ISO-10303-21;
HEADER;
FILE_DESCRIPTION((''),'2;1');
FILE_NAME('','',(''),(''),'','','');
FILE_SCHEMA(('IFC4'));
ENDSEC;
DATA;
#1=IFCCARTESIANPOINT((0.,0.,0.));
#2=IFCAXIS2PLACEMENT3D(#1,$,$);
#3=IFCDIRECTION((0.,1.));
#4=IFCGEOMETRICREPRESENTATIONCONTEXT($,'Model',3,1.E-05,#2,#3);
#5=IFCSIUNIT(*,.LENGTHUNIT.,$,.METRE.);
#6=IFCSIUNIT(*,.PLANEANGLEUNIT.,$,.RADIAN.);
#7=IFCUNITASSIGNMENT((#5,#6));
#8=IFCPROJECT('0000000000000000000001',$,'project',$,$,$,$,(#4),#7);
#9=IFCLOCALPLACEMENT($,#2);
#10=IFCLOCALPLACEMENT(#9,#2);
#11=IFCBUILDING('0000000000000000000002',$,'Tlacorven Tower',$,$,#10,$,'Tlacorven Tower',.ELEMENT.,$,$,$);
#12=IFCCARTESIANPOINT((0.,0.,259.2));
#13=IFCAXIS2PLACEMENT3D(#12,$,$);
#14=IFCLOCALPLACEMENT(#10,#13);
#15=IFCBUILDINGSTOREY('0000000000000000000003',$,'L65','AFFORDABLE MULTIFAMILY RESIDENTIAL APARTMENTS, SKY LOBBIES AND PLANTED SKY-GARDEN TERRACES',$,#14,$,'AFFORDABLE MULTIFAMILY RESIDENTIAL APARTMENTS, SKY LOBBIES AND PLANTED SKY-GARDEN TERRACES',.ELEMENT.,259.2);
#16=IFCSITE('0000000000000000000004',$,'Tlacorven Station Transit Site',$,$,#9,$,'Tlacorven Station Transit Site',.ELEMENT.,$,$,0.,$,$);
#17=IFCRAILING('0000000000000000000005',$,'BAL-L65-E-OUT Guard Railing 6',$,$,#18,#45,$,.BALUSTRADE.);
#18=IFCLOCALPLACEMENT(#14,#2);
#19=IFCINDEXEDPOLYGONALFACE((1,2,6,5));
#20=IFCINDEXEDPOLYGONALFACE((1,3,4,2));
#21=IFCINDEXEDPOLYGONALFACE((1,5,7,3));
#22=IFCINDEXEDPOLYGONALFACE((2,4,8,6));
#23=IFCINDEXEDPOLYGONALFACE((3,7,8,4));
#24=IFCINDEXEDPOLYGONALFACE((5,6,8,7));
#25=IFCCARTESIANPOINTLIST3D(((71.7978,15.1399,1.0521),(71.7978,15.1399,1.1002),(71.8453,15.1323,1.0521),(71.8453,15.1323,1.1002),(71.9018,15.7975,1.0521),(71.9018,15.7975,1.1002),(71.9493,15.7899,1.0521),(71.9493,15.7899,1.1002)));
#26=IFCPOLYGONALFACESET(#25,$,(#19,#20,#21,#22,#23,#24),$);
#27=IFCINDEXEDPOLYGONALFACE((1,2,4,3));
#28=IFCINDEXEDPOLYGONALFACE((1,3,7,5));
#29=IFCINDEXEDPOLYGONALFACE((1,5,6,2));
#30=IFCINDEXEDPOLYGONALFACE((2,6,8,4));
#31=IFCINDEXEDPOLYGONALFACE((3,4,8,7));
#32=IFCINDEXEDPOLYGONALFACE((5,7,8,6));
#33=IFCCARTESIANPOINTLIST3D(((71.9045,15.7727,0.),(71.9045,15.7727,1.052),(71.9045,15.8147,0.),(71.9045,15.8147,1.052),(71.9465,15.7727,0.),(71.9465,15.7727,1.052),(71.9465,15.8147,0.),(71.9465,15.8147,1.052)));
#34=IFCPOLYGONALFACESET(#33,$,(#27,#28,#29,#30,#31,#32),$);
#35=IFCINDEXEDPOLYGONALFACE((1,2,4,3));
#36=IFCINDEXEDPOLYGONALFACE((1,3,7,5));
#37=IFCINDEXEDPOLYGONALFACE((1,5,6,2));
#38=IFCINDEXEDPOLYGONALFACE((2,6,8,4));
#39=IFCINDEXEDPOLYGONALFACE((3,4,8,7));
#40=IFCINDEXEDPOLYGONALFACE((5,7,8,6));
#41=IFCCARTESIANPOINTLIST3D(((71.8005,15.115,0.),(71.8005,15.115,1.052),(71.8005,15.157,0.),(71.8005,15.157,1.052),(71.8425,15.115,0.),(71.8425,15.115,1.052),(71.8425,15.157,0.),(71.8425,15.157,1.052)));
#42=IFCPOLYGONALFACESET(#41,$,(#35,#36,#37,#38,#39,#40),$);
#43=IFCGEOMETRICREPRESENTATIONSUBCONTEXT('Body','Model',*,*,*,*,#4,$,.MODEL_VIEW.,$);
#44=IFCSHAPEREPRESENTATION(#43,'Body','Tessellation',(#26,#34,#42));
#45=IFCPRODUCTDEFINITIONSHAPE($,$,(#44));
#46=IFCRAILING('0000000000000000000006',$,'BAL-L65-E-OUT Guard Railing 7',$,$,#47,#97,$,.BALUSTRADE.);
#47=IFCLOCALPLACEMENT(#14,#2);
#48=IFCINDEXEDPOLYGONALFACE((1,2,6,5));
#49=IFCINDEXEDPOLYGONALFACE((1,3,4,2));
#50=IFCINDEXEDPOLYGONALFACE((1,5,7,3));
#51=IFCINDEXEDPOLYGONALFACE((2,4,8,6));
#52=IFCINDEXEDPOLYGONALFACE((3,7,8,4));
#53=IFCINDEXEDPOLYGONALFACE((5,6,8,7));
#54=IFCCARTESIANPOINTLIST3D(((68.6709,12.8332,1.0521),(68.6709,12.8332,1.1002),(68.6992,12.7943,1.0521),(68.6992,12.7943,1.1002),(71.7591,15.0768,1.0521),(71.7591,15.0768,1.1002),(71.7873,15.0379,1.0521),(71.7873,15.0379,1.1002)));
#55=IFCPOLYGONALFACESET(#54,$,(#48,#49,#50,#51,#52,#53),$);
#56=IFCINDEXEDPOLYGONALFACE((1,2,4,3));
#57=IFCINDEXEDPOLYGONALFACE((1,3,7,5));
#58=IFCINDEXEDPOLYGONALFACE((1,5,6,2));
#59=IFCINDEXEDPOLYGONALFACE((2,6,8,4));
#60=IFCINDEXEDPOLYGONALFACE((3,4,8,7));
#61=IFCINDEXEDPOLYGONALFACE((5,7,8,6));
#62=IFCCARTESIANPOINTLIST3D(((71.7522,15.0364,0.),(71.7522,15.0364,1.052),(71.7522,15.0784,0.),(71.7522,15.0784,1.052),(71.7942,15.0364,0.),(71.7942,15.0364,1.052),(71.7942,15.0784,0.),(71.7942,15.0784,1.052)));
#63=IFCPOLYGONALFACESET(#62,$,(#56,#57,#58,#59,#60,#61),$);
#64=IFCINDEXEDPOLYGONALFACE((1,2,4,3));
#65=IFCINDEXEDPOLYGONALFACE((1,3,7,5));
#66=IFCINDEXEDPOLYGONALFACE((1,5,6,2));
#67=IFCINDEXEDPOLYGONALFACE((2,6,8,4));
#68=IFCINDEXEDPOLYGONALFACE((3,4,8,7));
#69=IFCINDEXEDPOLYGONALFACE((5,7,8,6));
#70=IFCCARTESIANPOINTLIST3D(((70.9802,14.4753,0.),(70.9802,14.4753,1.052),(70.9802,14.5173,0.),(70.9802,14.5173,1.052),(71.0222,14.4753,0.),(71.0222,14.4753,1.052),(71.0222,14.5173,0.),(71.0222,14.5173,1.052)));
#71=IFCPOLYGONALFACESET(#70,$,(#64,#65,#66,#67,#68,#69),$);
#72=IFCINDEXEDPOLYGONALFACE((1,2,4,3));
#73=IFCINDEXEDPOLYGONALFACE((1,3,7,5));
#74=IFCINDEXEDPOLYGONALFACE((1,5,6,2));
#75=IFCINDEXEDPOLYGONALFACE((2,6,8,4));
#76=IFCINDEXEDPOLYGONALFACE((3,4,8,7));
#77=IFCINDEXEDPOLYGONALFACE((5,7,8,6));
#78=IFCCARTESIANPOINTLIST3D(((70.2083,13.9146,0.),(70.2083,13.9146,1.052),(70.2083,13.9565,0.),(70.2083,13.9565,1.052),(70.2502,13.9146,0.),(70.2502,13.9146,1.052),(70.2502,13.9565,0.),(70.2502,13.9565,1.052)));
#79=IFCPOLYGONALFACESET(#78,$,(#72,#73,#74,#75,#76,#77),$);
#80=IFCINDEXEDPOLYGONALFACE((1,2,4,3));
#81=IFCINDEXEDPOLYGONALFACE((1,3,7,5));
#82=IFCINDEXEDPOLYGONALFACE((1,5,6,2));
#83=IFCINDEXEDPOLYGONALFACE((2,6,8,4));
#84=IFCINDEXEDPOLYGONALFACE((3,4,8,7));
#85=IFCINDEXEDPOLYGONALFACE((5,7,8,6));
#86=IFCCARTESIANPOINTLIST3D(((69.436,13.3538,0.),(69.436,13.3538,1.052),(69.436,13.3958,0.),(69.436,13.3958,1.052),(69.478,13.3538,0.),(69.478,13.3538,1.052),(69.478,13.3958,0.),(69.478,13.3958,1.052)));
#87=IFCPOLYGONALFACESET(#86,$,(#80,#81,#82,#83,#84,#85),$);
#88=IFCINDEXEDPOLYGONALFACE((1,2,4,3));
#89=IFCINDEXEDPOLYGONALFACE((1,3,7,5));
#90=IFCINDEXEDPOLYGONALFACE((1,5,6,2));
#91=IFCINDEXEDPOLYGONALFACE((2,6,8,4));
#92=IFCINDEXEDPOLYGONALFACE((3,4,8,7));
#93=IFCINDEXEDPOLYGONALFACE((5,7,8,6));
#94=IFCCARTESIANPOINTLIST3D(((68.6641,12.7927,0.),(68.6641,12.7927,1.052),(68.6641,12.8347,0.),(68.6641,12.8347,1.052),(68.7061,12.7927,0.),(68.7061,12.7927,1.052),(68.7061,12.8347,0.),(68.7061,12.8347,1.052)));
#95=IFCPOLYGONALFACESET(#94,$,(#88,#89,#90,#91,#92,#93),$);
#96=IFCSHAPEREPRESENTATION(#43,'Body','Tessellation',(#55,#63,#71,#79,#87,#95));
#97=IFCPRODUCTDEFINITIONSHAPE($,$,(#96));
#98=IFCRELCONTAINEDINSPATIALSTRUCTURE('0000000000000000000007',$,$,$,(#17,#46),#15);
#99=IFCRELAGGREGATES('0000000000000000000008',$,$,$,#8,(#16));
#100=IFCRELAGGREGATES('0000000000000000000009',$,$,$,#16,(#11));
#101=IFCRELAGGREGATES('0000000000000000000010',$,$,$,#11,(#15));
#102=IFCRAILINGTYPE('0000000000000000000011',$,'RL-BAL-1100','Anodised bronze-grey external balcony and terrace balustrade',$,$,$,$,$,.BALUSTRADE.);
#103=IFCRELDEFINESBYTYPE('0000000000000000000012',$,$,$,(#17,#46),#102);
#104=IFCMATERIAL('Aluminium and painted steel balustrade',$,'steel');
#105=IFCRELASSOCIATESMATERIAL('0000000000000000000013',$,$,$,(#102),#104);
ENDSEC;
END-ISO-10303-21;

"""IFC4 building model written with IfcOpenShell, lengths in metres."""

from ifc_helpers import new_model, si_unit, direction, frame, origin, origin_2d, place, context, subcontext, project, spatial, rectangle, extrude, source, transform, mapped, material, type_object, element, save


model = new_model("IFC4")

# Units and contexts
model_context = context("Model", 3, precision=1e-05, world=origin(), true_north=direction((0.0, 1.0)))
body_context = subcontext(model_context, "Body", "Model", "MODEL_VIEW")
ifc_project = project(units=[si_unit("LENGTHUNIT", "METRE"), si_unit("PLANEANGLEUNIT", "RADIAN")], contexts=[model_context])

# Site, building, storey
site_placement = place(None, origin())
site = spatial("IfcSite", under=ifc_project, at=site_placement, Name="Tlacorven Station Transit Site", LongName="Tlacorven Station Transit Site", CompositionType="ELEMENT", RefElevation=0.0)
building_placement = place(site_placement, origin())
building = spatial("IfcBuilding", under=site, at=building_placement, Name="Tlacorven Tower", LongName="Tlacorven Tower", CompositionType="ELEMENT")
storey_placement = place(building_placement, frame((0.0, 0.0, 259.2)))
storey = spatial("IfcBuildingStorey", under=building, at=storey_placement, Name="L65", Description="AFFORDABLE MULTIFAMILY RESIDENTIAL APARTMENTS, SKY LOBBIES AND PLANTED SKY-GARDEN TERRACES", LongName="AFFORDABLE MULTIFAMILY RESIDENTIAL APARTMENTS, SKY LOBBIES AND PLANTED SKY-GARDEN TERRACES", CompositionType="ELEMENT", Elevation=259.2)

# Railings
ifc_material_1 = material(Name="Aluminium and painted steel balustrade", Category="steel")
railing_type = type_object("IfcRailingType", Name="RL-BAL-1100", Description="Anodised bronze-grey external balcony and terrace balustrade", PredefinedType="BALUSTRADE", material=ifc_material_1)
shared_shape_1 = source(origin(), body_context, "Body", "SweptSolid", [
    extrude(rectangle(XDim=0.0481, YDim=0.0481, at=origin_2d()), frame((0.0, 0.0, 1.0762), z_axis=(-0.156188, -0.987727, 0.0), x_axis=(0.987727, -0.156188, 0.0)), (0.0, 0.0, 1.0), 0.6658),
    extrude(rectangle(XDim=0.042, YDim=0.042, at=origin_2d()), origin(), (0.0, 0.0, 1.0), 1.052),
    extrude(rectangle(XDim=0.042, YDim=0.042, at=origin_2d()), frame((-0.104, -0.6577, 0.0)), (0.0, 0.0, 1.0), 1.052),
])
railing_1_placement = place(storey_placement, frame((71.9255, 15.7937, 0.0)))
element("IfcRailing", 1, at=railing_1_placement, inside=storey, type_object=railing_type, Name="BAL-L65-E-OUT Guard Railing 6", PredefinedType="BALUSTRADE", context=body_context, shape_type="MappedRepresentation", body=[
    mapped(shared_shape_1, transform((0.0, 0.0, 0.0), scale=1.0)),
])
shared_shape_2 = source(origin(), body_context, "Body", "SweptSolid", [
    extrude(rectangle(XDim=0.0481, YDim=0.0481, at=origin_2d()), frame((0.0, 0.0, 1.0762), z_axis=(-0.809018, -0.587784, 0.0), x_axis=(0.587784, -0.809018, 0.0)), (0.0, 0.0, 1.0), 3.8171),
    extrude(rectangle(XDim=0.042, YDim=0.042, at=origin_2d()), origin(), (0.0, 0.0, 1.0), 1.052),
    extrude(rectangle(XDim=0.042, YDim=0.042, at=origin_2d()), frame((-0.772, -0.561, 0.0)), (0.0, 0.0, 1.0), 1.052),
    extrude(rectangle(XDim=0.042, YDim=0.042, at=origin_2d()), frame((-1.5439, -1.1218, 0.0)), (0.0, 0.0, 1.0), 1.052),
    extrude(rectangle(XDim=0.042, YDim=0.042, at=origin_2d()), frame((-2.3162, -1.6826, 0.0)), (0.0, 0.0, 1.0), 1.052),
    extrude(rectangle(XDim=0.042, YDim=0.042, at=origin_2d()), frame((-3.0881, -2.2437, 0.0)), (0.0, 0.0, 1.0), 1.052),
])
railing_2_placement = place(storey_placement, frame((71.7732, 15.0574, 0.0)))
element("IfcRailing", 2, at=railing_2_placement, inside=storey, type_object=railing_type, Name="BAL-L65-E-OUT Guard Railing 7", PredefinedType="BALUSTRADE", context=body_context, shape_type="MappedRepresentation", body=[
    mapped(shared_shape_2, transform((0.0, 0.0, 0.0), scale=1.0)),
])

save(model, "model.ifc")
